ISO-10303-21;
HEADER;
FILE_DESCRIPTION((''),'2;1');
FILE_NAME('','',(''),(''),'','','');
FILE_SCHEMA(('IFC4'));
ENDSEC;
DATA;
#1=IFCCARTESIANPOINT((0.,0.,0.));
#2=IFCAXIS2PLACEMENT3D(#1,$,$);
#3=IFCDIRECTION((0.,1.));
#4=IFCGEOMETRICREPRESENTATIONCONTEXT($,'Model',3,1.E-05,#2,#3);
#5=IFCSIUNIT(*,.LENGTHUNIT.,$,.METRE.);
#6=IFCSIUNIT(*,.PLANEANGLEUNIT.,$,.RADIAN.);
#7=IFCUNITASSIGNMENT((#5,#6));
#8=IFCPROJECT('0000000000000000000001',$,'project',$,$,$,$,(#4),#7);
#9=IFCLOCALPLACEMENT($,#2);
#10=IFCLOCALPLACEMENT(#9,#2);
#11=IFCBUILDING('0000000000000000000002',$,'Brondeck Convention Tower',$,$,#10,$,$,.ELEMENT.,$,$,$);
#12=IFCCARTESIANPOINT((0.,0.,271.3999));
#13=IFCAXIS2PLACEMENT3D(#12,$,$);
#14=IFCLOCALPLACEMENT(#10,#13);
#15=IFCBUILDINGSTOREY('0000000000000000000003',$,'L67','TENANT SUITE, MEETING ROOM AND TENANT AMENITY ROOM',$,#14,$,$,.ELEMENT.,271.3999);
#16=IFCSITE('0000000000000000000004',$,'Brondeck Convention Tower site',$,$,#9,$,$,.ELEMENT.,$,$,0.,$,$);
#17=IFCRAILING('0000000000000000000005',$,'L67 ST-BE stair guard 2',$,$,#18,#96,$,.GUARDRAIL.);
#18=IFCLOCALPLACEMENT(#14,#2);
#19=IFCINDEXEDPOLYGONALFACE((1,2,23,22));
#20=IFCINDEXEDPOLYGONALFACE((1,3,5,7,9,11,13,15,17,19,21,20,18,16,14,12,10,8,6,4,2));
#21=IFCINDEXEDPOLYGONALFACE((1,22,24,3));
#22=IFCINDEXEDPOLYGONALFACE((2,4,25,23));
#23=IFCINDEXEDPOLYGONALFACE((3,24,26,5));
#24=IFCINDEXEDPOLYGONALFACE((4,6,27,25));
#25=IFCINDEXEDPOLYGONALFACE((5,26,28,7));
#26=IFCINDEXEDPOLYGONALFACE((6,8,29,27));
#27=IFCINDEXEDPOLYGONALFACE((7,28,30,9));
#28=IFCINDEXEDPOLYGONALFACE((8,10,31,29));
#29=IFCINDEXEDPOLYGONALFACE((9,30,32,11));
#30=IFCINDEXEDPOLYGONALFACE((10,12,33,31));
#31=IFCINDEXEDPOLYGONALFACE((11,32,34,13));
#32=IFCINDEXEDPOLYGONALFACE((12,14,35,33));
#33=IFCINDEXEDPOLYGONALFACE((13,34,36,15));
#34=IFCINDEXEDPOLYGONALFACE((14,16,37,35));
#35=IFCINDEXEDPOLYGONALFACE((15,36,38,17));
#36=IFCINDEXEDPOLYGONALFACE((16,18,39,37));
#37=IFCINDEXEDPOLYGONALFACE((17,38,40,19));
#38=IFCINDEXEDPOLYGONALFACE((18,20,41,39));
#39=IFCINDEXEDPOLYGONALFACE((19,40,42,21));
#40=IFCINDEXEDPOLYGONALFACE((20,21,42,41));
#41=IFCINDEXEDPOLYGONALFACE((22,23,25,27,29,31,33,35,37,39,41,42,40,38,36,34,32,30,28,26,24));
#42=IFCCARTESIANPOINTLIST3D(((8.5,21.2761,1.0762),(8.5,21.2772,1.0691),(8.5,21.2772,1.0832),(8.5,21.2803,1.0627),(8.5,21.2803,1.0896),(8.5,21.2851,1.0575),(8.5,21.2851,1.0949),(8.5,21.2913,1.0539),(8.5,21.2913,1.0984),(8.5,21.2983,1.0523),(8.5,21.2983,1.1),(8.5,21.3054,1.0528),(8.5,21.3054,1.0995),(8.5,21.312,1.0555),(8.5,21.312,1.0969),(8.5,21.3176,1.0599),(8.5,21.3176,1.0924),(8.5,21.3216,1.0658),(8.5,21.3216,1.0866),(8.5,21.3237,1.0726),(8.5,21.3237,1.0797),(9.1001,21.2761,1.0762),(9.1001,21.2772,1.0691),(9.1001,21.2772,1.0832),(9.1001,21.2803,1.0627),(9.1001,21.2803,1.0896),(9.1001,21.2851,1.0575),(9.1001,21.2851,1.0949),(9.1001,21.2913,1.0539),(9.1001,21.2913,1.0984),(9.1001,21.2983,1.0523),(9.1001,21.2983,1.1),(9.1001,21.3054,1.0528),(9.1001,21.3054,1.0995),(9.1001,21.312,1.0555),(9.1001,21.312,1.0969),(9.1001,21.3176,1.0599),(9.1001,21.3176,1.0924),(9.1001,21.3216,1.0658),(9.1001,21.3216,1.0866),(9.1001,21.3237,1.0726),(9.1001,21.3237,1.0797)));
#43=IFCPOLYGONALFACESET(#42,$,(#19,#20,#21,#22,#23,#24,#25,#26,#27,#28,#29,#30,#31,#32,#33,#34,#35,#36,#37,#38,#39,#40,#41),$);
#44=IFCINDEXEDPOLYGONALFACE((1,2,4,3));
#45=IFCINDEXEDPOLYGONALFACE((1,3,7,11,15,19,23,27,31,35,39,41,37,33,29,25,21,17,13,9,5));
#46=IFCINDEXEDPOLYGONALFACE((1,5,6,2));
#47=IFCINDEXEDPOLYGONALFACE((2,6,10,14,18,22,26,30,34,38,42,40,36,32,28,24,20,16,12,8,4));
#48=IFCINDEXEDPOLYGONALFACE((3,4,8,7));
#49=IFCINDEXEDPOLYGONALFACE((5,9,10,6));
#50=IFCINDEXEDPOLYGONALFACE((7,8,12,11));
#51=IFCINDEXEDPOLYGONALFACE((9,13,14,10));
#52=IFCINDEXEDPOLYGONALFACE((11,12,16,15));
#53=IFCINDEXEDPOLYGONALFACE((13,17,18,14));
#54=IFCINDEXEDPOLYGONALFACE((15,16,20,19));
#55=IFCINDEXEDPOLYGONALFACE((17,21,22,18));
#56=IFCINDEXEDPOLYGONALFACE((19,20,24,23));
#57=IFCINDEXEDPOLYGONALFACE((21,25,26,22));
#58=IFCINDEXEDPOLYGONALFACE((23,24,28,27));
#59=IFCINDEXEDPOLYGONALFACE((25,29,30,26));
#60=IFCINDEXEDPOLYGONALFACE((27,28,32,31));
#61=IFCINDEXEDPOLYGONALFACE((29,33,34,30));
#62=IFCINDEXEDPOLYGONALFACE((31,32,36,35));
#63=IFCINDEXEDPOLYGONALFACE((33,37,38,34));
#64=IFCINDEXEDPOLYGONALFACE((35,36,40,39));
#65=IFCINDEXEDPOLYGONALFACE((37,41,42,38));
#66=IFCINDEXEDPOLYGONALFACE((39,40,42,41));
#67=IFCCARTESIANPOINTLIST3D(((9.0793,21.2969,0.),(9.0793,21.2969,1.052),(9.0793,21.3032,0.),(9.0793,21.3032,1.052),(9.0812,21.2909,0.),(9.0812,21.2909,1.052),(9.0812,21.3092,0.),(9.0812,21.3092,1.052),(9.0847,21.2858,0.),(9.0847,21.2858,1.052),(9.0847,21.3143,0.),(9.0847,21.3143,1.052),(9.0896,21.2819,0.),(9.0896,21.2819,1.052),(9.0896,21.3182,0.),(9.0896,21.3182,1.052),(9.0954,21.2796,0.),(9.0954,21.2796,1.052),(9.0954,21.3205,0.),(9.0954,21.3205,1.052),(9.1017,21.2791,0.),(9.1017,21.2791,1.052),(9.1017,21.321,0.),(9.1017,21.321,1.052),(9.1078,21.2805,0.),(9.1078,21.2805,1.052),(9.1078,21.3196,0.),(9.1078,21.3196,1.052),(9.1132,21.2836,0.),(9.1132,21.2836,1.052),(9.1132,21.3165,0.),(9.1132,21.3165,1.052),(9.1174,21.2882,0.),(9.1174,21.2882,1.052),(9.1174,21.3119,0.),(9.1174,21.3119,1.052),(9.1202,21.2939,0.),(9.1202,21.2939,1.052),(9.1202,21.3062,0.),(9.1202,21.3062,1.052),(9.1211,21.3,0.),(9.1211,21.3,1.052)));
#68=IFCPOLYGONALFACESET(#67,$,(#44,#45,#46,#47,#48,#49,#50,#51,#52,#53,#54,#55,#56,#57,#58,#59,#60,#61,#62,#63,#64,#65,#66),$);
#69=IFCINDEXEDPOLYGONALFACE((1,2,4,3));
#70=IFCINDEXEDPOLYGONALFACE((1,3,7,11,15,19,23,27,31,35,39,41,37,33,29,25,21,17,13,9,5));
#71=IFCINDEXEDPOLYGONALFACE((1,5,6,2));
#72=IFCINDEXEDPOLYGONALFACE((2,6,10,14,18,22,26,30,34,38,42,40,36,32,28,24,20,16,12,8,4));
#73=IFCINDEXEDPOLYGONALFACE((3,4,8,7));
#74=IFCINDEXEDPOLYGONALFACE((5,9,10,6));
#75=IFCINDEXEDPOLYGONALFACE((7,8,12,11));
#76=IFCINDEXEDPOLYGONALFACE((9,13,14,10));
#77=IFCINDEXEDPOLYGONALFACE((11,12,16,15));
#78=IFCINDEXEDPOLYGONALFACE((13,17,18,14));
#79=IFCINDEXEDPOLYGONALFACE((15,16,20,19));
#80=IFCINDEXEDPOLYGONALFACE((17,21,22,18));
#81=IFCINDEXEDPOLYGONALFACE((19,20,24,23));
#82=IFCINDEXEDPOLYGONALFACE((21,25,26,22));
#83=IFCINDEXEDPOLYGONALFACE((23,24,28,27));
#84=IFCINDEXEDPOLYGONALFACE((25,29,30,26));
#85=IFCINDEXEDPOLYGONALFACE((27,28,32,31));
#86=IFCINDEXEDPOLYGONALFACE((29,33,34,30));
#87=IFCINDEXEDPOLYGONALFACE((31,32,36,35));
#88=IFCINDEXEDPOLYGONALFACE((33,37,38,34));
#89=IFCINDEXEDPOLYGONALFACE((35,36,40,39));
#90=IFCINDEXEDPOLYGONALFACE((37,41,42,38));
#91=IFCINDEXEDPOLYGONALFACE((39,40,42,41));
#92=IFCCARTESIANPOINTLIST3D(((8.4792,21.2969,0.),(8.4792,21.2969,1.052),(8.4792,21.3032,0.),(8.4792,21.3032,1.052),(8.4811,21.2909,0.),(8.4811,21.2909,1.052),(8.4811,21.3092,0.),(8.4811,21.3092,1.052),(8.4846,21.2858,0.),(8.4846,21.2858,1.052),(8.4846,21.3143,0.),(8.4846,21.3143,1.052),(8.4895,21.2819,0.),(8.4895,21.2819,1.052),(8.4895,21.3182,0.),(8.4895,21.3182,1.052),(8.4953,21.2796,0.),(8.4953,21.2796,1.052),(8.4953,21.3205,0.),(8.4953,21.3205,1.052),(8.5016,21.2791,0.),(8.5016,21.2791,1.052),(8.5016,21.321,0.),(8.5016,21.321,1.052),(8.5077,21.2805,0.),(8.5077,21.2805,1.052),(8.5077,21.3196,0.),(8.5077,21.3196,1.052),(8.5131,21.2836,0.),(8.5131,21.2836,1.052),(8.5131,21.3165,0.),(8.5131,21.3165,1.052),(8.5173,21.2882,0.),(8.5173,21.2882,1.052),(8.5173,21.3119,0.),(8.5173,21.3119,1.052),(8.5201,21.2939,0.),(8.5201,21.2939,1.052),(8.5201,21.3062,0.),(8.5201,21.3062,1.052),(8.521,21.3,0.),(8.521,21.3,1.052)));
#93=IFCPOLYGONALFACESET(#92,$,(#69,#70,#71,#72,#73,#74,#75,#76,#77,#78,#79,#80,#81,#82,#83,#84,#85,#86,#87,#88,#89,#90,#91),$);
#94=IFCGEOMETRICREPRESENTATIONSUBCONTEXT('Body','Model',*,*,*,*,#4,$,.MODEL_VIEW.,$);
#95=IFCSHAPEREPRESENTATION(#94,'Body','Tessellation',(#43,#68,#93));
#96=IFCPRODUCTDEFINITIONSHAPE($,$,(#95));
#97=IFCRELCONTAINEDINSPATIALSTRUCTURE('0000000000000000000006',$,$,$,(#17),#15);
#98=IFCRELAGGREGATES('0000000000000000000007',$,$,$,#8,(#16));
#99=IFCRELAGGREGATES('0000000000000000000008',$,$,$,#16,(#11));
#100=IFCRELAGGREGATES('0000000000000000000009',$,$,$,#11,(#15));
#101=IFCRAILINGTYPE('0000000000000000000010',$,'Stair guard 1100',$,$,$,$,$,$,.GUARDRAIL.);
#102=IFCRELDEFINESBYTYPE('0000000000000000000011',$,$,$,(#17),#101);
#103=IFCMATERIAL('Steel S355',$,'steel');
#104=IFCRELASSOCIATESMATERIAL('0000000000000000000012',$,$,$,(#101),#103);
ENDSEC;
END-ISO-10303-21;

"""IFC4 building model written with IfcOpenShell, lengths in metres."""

from ifc_helpers import new_model, si_unit, direction, frame, origin, origin_2d, place, context, subcontext, project, spatial, circle, extrude, material, type_object, element, save


model = new_model("IFC4")

# Units and contexts
model_context = context("Model", 3, precision=1e-05, world=origin(), true_north=direction((0.0, 1.0)))
body_context = subcontext(model_context, "Body", "Model", "MODEL_VIEW")
ifc_project = project(units=[si_unit("LENGTHUNIT", "METRE"), si_unit("PLANEANGLEUNIT", "RADIAN")], contexts=[model_context])

# Site, building, storey
site_placement = place(None, origin())
site = spatial("IfcSite", under=ifc_project, at=site_placement, Name="Brondeck Convention Tower site", CompositionType="ELEMENT", RefElevation=0.0)
building_placement = place(site_placement, origin())
building = spatial("IfcBuilding", under=site, at=building_placement, Name="Brondeck Convention Tower", CompositionType="ELEMENT")
storey_placement = place(building_placement, frame((0.0, 0.0, 271.3999)))
storey = spatial("IfcBuildingStorey", under=building, at=storey_placement, Name="L67", Description="TENANT SUITE, MEETING ROOM AND TENANT AMENITY ROOM", CompositionType="ELEMENT", Elevation=271.3999)

# Railing
ifc_material_1 = material(Name="Steel S355", Category="steel")
railing_type = type_object("IfcRailingType", Name="Stair guard 1100", PredefinedType="GUARDRAIL", material=ifc_material_1)
railing_1_placement = place(storey_placement, frame((9.1001, 21.3, 0.0)))
element("IfcRailing", 1, at=railing_1_placement, inside=storey, type_object=railing_type, Name="L67 ST-BE stair guard 2", PredefinedType="GUARDRAIL", context=body_context, shape_type="SweptSolid", body=[
    extrude(circle(Radius=0.0239, at=origin_2d()), frame((0.0, 0.0, 1.0762), z_axis=(-1.0, 0.0, 0.0), x_axis=(0.0, -1.0, 0.0)), (0.0, 0.0, 1.0), 0.6001),
    extrude(circle(Radius=0.021, at=origin_2d()), origin(), (0.0, 0.0, 1.0), 1.052),
    extrude(circle(Radius=0.021, at=origin_2d()), frame((-0.6001, 0.0, 0.0)), (0.0, 0.0, 1.0), 1.052),
])

save(model, "model.ifc")
